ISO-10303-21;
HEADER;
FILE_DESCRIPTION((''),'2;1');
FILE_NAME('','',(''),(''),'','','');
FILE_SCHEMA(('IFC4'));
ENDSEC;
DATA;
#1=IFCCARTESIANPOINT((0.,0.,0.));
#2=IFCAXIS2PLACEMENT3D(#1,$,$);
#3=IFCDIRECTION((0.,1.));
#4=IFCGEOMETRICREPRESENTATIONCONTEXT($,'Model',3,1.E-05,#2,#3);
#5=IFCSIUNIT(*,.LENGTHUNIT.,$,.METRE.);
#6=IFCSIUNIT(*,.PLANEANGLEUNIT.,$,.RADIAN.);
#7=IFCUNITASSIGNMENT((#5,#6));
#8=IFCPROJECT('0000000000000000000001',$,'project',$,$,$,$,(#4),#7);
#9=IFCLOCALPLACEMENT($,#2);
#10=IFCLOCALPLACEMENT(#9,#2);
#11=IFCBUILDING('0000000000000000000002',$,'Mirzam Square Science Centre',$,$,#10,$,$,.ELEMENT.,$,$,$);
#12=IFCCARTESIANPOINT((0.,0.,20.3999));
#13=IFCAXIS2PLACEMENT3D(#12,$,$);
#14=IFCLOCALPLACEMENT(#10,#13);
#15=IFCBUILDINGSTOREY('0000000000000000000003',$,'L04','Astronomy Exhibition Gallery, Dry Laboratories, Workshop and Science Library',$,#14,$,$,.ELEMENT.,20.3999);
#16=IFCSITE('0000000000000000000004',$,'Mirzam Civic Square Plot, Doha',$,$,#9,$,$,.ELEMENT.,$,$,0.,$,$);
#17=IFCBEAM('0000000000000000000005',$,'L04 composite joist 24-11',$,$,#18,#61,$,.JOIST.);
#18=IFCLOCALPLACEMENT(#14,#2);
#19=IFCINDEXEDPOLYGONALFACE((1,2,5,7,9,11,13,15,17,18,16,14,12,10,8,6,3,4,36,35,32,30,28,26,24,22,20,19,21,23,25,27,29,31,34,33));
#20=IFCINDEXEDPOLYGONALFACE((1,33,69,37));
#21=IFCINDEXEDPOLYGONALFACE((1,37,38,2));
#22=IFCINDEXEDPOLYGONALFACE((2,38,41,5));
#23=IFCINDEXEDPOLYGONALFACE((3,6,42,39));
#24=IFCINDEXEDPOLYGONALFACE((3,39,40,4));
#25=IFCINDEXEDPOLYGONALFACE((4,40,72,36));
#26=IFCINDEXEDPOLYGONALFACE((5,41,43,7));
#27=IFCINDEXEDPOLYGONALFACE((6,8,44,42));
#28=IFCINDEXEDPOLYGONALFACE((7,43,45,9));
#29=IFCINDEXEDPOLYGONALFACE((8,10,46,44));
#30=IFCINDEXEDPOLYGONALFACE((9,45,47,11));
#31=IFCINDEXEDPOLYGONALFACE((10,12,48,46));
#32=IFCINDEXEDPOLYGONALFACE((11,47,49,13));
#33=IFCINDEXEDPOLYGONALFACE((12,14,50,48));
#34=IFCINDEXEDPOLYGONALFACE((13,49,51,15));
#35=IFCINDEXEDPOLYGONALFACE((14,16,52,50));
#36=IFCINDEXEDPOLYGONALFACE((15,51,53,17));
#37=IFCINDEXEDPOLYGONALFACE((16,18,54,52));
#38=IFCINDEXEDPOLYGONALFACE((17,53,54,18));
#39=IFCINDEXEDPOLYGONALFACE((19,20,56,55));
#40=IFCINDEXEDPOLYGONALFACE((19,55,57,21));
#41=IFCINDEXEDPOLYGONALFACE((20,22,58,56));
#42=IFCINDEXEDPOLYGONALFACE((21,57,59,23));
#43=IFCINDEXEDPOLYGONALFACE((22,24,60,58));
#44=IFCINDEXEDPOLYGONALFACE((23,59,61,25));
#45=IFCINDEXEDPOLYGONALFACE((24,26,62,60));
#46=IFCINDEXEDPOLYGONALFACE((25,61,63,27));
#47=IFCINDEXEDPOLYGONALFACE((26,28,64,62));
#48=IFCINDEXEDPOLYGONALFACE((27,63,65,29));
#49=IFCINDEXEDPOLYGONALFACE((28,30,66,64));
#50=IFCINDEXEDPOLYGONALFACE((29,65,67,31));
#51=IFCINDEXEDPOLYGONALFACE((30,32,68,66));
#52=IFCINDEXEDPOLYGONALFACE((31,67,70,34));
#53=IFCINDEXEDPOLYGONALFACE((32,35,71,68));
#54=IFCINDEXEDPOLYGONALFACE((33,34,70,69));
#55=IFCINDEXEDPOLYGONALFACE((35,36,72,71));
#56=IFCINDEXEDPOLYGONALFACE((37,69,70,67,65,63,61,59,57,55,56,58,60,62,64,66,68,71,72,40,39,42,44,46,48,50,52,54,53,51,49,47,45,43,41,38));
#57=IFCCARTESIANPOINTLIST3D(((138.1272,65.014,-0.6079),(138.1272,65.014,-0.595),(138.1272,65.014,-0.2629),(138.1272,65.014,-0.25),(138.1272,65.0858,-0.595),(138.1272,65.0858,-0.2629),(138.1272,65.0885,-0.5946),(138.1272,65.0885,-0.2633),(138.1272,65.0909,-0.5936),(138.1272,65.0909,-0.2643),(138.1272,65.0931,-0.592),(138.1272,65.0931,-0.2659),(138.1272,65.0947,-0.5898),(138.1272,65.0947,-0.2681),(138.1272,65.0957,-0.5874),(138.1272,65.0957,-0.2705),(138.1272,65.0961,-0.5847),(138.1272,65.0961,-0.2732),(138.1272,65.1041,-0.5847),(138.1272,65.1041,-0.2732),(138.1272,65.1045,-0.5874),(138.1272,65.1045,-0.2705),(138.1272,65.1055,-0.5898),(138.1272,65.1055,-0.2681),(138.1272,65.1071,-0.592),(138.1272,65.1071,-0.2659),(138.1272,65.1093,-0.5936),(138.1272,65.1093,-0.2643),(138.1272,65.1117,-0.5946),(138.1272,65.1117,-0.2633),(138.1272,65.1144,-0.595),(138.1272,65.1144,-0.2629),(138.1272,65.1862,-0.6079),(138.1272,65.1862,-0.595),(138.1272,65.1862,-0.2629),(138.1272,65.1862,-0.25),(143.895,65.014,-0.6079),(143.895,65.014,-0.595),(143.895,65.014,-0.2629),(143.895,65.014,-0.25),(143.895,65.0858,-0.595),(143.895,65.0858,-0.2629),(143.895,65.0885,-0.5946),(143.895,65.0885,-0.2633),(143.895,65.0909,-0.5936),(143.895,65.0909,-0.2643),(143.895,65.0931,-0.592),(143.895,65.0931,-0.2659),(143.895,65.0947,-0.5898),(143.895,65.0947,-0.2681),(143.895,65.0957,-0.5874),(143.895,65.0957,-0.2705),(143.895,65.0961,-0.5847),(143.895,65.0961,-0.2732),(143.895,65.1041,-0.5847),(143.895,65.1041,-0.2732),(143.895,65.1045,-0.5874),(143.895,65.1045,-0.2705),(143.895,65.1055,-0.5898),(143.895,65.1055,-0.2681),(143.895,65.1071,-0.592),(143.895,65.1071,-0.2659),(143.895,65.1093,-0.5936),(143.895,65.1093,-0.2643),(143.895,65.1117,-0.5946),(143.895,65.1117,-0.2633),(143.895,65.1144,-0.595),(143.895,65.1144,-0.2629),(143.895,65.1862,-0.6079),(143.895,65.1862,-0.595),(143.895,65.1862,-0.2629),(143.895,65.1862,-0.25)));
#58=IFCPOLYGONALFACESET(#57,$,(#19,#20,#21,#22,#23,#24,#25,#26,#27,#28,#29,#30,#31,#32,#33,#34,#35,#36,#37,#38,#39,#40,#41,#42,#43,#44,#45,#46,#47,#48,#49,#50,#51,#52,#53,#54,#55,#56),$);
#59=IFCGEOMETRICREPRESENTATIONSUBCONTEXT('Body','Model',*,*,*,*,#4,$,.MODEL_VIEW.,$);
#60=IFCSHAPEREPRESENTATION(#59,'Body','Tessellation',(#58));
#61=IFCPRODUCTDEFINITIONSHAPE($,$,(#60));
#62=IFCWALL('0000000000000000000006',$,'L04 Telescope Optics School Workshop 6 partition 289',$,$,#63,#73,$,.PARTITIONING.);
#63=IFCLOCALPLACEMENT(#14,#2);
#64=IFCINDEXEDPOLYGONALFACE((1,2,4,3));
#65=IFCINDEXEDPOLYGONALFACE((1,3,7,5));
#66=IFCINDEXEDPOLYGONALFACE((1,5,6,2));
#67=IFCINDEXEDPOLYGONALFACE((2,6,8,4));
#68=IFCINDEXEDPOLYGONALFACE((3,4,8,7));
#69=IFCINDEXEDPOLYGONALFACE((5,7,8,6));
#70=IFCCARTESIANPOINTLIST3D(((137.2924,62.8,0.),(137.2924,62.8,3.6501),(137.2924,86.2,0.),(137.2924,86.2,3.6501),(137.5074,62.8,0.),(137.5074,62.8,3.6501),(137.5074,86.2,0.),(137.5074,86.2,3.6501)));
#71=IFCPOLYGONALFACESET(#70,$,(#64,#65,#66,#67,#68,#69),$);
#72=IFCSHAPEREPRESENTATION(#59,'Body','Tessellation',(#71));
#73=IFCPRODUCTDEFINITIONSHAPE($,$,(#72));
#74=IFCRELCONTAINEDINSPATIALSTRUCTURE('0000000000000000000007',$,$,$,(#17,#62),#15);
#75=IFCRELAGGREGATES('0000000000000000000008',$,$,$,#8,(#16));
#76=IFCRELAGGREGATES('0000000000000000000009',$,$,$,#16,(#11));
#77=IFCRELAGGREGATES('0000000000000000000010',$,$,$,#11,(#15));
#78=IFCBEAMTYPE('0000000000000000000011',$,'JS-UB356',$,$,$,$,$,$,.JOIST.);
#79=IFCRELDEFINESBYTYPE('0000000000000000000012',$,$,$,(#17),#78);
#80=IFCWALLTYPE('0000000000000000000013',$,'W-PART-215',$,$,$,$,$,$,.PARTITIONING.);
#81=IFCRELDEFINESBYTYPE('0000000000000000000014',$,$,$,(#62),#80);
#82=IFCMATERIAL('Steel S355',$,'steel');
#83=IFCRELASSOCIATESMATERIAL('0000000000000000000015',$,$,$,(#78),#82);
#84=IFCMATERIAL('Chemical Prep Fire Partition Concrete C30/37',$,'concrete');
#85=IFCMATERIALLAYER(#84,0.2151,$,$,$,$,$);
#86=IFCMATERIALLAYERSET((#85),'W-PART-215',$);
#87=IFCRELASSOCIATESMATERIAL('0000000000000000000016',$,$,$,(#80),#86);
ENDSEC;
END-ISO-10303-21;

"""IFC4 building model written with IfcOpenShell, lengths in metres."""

from ifc_helpers import new_model, si_unit, direction, frame, frame_2d, origin, origin_2d, place, context, subcontext, project, spatial, rectangle, i_section, extrude, material, layer, layer_set, material_profile, profile_set, type_object, element, save


model = new_model("IFC4")

# Units and contexts
model_context = context("Model", 3, precision=1e-05, world=origin(), true_north=direction((0.0, 1.0)))
body_context = subcontext(model_context, "Body", "Model", "MODEL_VIEW")
ifc_project = project(units=[si_unit("LENGTHUNIT", "METRE"), si_unit("PLANEANGLEUNIT", "RADIAN")], contexts=[model_context])

# Site, building, storey
site_placement = place(None, origin())
site = spatial("IfcSite", under=ifc_project, at=site_placement, Name="Mirzam Civic Square Plot, Doha", CompositionType="ELEMENT", RefElevation=0.0)
building_placement = place(site_placement, origin())
building = spatial("IfcBuilding", under=site, at=building_placement, Name="Mirzam Square Science Centre", CompositionType="ELEMENT")
storey_placement = place(building_placement, frame((0.0, 0.0, 20.3999)))
storey = spatial("IfcBuildingStorey", under=building, at=storey_placement, Name="L04", Description="Astronomy Exhibition Gallery, Dry Laboratories, Workshop and Science Library", CompositionType="ELEMENT", Elevation=20.3999)

# Shared definitions
ifc_material_1 = material(Name="Steel S355", Category="steel")

# Beam
ifc_material_profile_1 = material_profile(ifc_material_1, i_section(OverallWidth=0.1721, OverallDepth=0.3579, WebThickness=0.0081, FlangeThickness=0.0129, FilletRadius=0.0103, at=origin_2d()), Name="356x171x57UB")
ifc_profile_set_1 = profile_set([ifc_material_profile_1], Name="Steel S355")
beam_type_1 = type_object("IfcBeamType", Name="JS-UB356", PredefinedType="JOIST", material=ifc_profile_set_1)
beam_1_placement = place(storey_placement, frame((138.1272, 65.1001, -0.429), z_axis=(1.0, 0.0, 0.0), x_axis=(0.0, 1.0, 0.0)))
element("IfcBeam", 1, at=beam_1_placement, inside=storey, type_object=beam_type_1, Name="L04 composite joist 24-11", PredefinedType="JOIST", context=body_context, shape_type="SweptSolid", body=[
    extrude(i_section(OverallWidth=0.1721, OverallDepth=0.3579, WebThickness=0.0081, FlangeThickness=0.0129, FilletRadius=0.0103, at=origin_2d()), origin(), (0.0, 0.0, 1.0), 5.7678),
])

# Wall
ifc_material_2 = material(Name="Chemical Prep Fire Partition Concrete C30/37", Category="concrete")
ifc_layer = layer(ifc_material_2, 0.2151)
ifc_layer_set = layer_set([ifc_layer], Name="W-PART-215")
wall_type = type_object("IfcWallType", Name="W-PART-215", PredefinedType="PARTITIONING", material=ifc_layer_set)
wall_placement = place(storey_placement, frame((137.3999, 62.8, 0.0), z_axis=(0.0, 0.0, 1.0), x_axis=(0.0, 1.0, 0.0)))
element("IfcWall", 2, at=wall_placement, inside=storey, type_object=wall_type, Name="L04 Telescope Optics School Workshop 6 partition 289", PredefinedType="PARTITIONING", context=body_context, shape_type="SweptSolid", body=[
    extrude(rectangle(XDim=23.3999, YDim=0.2151, at=frame_2d((11.7, 0.0))), origin(), (0.0, 0.0, 1.0), 3.6501),
])

save(model, "model.ifc")
